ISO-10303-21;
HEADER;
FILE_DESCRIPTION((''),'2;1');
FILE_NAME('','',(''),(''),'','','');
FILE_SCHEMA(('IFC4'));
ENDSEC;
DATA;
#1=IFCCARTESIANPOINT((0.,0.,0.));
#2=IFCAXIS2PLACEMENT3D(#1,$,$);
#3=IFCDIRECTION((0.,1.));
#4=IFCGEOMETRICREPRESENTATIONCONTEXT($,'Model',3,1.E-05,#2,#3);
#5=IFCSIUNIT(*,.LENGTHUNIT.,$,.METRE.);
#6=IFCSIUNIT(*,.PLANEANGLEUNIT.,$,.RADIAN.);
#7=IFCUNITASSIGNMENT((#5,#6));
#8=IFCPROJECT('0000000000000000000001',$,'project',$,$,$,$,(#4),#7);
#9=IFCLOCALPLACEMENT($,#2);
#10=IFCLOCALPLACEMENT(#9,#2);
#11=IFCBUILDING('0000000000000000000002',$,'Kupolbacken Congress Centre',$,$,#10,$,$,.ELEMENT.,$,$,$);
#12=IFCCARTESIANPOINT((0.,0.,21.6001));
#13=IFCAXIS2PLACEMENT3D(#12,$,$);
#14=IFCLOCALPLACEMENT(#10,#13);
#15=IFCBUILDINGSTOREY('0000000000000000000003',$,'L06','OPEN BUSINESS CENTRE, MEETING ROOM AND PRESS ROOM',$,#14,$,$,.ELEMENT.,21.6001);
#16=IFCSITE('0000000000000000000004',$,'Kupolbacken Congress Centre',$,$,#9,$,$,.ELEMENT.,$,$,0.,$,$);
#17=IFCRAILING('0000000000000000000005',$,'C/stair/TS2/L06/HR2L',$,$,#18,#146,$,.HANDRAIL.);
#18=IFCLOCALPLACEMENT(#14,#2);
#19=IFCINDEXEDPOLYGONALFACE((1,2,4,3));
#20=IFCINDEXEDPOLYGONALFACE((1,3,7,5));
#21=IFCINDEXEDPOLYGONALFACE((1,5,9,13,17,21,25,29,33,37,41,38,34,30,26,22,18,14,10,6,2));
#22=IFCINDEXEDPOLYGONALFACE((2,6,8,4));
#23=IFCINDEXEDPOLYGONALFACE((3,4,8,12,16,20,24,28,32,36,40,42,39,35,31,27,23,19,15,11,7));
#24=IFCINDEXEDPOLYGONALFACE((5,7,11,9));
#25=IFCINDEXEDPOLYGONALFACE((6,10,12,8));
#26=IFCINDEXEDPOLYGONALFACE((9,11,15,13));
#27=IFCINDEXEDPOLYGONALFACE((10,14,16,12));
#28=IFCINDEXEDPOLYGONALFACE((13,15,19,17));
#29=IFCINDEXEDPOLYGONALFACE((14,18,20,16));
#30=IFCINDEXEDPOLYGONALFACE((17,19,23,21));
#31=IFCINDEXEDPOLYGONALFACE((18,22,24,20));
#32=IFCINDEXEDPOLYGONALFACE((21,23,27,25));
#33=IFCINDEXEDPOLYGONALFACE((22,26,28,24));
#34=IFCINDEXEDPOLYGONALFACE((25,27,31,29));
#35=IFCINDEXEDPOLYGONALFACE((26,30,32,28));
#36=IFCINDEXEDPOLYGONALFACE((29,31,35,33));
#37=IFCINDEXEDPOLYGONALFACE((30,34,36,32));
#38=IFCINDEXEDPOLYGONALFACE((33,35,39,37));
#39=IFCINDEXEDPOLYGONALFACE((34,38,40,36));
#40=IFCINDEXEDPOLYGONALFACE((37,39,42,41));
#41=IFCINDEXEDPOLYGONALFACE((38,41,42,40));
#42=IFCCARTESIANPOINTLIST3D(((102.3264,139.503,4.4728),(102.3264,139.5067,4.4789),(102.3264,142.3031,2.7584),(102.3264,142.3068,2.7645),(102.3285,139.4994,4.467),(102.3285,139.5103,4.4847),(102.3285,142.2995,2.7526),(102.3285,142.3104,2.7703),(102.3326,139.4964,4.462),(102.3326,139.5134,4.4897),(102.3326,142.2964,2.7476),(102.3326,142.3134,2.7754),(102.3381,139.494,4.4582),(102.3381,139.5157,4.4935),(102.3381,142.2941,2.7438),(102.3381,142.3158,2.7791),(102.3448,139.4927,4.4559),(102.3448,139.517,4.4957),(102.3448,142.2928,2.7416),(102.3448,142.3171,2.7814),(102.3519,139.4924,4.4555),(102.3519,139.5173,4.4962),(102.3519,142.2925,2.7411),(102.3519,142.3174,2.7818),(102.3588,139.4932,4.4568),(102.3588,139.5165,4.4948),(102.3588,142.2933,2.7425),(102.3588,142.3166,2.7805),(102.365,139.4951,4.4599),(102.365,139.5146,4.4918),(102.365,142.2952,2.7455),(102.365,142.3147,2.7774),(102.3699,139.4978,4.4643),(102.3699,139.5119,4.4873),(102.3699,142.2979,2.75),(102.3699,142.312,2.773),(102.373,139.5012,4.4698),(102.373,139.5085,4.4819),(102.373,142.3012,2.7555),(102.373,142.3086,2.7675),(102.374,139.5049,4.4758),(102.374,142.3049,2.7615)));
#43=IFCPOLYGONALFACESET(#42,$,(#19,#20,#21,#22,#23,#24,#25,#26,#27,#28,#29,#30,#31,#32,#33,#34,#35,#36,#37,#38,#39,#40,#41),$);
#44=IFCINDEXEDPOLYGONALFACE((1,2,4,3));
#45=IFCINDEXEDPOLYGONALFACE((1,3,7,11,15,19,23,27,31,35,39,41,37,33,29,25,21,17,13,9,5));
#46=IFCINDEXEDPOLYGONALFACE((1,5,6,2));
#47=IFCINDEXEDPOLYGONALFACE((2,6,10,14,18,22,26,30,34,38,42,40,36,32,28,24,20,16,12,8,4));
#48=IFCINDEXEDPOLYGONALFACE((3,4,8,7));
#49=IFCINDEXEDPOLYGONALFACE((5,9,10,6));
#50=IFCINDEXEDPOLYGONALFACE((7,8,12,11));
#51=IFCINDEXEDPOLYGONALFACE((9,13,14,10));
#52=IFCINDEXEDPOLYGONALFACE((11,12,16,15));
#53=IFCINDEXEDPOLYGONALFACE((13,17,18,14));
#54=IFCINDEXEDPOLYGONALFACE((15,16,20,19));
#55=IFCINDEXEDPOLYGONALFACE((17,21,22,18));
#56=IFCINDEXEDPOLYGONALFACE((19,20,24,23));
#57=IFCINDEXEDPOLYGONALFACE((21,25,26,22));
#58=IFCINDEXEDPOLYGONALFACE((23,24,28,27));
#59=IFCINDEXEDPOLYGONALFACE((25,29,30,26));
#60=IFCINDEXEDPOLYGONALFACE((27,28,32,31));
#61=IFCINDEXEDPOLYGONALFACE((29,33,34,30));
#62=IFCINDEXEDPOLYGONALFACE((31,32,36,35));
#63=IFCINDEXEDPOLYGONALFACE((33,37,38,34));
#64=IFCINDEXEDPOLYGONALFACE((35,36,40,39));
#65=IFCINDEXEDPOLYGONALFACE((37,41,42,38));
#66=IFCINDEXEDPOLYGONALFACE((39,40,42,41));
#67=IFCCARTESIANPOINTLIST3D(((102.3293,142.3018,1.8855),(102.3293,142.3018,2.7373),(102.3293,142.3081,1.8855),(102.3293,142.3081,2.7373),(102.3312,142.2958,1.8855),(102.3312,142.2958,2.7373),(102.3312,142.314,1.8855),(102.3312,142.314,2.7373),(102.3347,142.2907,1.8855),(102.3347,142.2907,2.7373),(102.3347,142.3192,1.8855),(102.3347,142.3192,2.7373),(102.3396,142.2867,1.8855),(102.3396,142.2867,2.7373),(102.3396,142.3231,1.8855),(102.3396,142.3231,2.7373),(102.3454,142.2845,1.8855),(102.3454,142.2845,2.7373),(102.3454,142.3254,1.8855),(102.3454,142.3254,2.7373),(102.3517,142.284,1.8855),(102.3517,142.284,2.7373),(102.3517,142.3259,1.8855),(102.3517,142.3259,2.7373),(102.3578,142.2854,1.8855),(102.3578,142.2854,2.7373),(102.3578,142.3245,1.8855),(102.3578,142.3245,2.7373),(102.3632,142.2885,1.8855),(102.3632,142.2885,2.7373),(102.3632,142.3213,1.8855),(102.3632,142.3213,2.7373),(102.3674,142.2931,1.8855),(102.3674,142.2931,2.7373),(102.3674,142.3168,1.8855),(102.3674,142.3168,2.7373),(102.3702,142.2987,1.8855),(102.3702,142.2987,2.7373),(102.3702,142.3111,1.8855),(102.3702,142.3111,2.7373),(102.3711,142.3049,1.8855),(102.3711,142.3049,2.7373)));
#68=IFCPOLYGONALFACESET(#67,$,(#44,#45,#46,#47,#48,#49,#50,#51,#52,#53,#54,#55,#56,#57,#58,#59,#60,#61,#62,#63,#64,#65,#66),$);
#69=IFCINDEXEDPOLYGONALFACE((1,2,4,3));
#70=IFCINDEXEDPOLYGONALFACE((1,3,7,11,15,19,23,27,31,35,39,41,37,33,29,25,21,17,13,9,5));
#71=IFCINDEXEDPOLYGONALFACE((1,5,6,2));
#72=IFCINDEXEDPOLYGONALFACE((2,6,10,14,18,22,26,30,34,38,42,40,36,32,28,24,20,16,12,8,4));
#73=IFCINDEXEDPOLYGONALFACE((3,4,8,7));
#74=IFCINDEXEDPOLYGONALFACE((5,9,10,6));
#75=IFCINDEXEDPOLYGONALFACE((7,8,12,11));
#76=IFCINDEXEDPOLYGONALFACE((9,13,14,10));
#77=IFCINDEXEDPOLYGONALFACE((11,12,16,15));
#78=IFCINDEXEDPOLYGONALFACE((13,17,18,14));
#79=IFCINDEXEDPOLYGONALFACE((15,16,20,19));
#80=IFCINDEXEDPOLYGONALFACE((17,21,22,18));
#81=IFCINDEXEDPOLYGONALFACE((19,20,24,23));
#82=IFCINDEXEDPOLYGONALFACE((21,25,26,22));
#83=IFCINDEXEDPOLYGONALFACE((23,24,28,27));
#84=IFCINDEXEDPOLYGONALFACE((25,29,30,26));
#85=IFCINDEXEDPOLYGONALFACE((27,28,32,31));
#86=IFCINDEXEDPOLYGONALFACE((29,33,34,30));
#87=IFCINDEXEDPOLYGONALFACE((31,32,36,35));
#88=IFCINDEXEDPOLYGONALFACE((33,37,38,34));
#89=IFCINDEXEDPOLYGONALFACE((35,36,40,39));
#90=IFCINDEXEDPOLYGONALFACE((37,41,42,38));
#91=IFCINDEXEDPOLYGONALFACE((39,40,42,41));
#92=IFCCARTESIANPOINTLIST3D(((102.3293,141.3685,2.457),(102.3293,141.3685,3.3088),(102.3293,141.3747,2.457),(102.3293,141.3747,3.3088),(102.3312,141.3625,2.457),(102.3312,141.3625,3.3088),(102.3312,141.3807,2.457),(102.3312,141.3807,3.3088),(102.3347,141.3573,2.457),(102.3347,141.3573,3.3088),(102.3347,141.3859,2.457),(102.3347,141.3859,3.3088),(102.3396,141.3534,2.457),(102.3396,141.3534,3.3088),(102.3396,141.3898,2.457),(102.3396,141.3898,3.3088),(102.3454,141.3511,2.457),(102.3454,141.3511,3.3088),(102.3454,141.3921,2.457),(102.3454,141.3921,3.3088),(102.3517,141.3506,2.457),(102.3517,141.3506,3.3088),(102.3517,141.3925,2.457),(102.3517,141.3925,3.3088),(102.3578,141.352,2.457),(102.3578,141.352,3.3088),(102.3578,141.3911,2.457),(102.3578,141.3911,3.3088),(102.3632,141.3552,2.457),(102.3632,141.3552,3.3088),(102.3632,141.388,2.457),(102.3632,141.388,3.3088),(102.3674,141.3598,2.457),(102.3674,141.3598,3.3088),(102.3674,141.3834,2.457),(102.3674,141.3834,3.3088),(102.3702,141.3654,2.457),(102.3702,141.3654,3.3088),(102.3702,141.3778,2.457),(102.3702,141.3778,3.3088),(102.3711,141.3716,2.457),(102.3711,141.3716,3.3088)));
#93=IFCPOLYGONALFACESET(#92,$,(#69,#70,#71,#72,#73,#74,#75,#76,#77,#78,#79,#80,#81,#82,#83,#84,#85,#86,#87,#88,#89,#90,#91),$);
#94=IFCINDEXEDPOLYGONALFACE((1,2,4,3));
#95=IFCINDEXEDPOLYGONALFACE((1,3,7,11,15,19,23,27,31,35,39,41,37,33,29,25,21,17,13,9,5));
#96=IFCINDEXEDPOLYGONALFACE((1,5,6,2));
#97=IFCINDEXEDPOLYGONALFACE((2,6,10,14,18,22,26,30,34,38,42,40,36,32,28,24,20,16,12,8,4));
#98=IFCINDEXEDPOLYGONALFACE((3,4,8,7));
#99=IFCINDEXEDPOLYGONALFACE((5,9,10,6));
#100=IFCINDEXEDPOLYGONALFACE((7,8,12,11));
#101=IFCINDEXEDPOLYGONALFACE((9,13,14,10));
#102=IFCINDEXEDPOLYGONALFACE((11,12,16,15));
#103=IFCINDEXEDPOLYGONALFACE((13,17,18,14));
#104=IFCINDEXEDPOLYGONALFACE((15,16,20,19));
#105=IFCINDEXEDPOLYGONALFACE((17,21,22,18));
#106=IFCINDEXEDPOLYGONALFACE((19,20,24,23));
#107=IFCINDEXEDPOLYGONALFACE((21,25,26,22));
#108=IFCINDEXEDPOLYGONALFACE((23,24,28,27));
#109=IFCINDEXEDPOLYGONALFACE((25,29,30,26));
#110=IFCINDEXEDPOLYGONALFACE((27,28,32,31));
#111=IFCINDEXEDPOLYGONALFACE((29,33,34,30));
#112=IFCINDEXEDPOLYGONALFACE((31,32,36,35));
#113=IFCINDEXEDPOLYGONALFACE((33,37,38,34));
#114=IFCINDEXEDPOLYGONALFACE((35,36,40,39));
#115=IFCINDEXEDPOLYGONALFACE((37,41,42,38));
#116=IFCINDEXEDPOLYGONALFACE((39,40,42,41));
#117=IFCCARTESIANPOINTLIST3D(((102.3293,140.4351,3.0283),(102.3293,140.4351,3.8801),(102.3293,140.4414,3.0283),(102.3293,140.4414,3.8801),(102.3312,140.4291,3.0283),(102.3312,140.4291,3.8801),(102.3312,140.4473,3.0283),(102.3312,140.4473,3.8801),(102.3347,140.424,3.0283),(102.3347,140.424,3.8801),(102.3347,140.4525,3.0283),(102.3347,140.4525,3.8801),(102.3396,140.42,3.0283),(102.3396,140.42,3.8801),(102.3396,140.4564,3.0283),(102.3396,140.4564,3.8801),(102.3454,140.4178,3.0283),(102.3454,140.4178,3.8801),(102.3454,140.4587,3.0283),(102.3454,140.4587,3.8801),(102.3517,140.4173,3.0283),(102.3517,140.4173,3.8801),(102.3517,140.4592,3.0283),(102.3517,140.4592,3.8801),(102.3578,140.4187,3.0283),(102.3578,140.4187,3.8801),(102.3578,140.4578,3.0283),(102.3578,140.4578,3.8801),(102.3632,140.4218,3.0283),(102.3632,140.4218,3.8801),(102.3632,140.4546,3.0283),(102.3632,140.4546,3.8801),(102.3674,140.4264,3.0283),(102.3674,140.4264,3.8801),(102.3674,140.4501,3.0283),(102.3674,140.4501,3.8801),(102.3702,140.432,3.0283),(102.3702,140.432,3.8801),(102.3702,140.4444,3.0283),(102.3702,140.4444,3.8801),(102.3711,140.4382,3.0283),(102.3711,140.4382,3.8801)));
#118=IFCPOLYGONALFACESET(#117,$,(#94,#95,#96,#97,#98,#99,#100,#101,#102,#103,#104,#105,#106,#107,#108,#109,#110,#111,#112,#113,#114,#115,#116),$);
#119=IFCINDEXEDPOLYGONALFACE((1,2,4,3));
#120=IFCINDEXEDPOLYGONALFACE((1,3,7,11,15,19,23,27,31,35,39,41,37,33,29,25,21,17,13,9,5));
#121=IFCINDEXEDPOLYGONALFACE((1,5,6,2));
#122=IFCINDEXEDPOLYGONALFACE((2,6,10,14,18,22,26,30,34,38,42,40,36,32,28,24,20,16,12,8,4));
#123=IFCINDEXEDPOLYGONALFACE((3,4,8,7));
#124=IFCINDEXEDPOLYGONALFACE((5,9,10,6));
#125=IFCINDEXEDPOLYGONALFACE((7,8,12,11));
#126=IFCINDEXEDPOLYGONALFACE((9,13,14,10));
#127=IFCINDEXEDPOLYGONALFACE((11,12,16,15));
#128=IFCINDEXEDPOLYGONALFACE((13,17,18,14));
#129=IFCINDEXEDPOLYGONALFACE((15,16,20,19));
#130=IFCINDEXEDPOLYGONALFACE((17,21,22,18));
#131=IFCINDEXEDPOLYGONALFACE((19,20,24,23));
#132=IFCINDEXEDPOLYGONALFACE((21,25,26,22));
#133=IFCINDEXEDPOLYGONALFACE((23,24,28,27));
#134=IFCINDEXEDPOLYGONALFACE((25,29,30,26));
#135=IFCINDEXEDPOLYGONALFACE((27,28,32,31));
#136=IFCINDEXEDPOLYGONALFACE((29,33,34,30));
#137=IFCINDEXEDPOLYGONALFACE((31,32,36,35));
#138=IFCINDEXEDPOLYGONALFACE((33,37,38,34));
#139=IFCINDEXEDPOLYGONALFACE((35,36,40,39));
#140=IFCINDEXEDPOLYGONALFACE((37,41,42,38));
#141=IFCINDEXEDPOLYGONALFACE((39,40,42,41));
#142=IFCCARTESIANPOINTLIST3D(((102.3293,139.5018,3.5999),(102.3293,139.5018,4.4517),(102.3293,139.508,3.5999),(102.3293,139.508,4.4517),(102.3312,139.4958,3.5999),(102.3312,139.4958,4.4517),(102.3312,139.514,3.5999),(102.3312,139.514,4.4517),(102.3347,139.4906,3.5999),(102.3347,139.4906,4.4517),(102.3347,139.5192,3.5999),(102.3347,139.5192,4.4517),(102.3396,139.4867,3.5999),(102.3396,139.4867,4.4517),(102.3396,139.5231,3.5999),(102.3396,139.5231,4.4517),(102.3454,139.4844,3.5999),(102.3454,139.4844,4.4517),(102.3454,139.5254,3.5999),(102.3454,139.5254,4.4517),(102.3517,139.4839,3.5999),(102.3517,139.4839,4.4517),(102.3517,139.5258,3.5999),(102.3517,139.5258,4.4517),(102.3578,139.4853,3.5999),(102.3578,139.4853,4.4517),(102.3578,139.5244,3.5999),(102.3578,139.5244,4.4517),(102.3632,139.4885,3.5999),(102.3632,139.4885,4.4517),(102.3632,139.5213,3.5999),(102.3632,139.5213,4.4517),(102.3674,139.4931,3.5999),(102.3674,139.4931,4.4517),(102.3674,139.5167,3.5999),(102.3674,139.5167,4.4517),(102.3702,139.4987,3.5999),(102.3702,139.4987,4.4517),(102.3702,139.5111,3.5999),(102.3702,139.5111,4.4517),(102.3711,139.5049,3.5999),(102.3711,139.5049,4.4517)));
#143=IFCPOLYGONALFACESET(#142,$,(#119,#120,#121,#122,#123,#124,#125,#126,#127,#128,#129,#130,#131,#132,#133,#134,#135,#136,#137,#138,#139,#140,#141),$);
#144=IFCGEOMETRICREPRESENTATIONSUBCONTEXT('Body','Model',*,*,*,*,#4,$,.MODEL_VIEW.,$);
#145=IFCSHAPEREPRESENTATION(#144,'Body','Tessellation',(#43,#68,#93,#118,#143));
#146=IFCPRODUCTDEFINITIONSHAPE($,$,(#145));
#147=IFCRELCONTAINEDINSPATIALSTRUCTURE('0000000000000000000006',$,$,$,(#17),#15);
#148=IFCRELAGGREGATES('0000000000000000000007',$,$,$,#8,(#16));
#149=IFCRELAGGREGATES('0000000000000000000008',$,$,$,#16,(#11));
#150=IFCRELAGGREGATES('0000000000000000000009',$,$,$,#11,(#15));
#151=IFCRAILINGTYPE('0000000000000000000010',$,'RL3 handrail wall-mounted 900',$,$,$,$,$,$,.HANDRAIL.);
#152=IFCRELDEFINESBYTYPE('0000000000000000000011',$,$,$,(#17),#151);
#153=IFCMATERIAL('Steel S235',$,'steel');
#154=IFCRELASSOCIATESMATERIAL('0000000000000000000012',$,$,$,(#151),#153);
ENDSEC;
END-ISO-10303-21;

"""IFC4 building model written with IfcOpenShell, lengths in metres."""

from ifc_helpers import new_model, si_unit, direction, frame, origin, origin_2d, place, context, subcontext, project, spatial, circle, extrude, material, type_object, element, save


model = new_model("IFC4")

# Units and contexts
model_context = context("Model", 3, precision=1e-05, world=origin(), true_north=direction((0.0, 1.0)))
body_context = subcontext(model_context, "Body", "Model", "MODEL_VIEW")
ifc_project = project(units=[si_unit("LENGTHUNIT", "METRE"), si_unit("PLANEANGLEUNIT", "RADIAN")], contexts=[model_context])

# Site, building, storey
site_placement = place(None, origin())
site = spatial("IfcSite", under=ifc_project, at=site_placement, Name="Kupolbacken Congress Centre", CompositionType="ELEMENT", RefElevation=0.0)
building_placement = place(site_placement, origin())
building = spatial("IfcBuilding", under=site, at=building_placement, Name="Kupolbacken Congress Centre", CompositionType="ELEMENT")
storey_placement = place(building_placement, frame((0.0, 0.0, 21.6001)))
storey = spatial("IfcBuildingStorey", under=building, at=storey_placement, Name="L06", Description="OPEN BUSINESS CENTRE, MEETING ROOM AND PRESS ROOM", CompositionType="ELEMENT", Elevation=21.6001)

# Railing
ifc_material_1 = material(Name="Steel S235", Category="steel")
railing_type = type_object("IfcRailingType", Name="RL3 handrail wall-mounted 900", PredefinedType="HANDRAIL", material=ifc_material_1)
for number, where, name in (
    (1, (102.3501, 142.3049, 1.8855), "C/stair/TS2/L06/HR2L"),
):
    element("IfcRailing", number, at=place(storey_placement, frame(where)), inside=storey, type_object=railing_type, Name=name, PredefinedType="HANDRAIL", context=body_context, shape_type="SweptSolid", body=[
        extrude(circle(Radius=0.0239, at=origin_2d()), frame((0.0, 0.0, 0.876), z_axis=(0.0, -0.852846, 0.522163), x_axis=(1.0, 0.0, 0.0)), (0.0, 0.0, 1.0), 3.2832),
        extrude(circle(Radius=0.021, at=origin_2d()), origin(), (0.0, 0.0, 1.0), 0.8518),
        extrude(circle(Radius=0.021, at=origin_2d()), frame((0.0, -0.9333, 0.5715)), (0.0, 0.0, 1.0), 0.8518),
        extrude(circle(Radius=0.021, at=origin_2d()), frame((0.0, -1.8667, 1.1428)), (0.0, 0.0, 1.0), 0.8518),
        extrude(circle(Radius=0.021, at=origin_2d()), frame((0.0, -2.8, 1.7144)), (0.0, 0.0, 1.0), 0.8518),
    ])

save(model, "model.ifc")
